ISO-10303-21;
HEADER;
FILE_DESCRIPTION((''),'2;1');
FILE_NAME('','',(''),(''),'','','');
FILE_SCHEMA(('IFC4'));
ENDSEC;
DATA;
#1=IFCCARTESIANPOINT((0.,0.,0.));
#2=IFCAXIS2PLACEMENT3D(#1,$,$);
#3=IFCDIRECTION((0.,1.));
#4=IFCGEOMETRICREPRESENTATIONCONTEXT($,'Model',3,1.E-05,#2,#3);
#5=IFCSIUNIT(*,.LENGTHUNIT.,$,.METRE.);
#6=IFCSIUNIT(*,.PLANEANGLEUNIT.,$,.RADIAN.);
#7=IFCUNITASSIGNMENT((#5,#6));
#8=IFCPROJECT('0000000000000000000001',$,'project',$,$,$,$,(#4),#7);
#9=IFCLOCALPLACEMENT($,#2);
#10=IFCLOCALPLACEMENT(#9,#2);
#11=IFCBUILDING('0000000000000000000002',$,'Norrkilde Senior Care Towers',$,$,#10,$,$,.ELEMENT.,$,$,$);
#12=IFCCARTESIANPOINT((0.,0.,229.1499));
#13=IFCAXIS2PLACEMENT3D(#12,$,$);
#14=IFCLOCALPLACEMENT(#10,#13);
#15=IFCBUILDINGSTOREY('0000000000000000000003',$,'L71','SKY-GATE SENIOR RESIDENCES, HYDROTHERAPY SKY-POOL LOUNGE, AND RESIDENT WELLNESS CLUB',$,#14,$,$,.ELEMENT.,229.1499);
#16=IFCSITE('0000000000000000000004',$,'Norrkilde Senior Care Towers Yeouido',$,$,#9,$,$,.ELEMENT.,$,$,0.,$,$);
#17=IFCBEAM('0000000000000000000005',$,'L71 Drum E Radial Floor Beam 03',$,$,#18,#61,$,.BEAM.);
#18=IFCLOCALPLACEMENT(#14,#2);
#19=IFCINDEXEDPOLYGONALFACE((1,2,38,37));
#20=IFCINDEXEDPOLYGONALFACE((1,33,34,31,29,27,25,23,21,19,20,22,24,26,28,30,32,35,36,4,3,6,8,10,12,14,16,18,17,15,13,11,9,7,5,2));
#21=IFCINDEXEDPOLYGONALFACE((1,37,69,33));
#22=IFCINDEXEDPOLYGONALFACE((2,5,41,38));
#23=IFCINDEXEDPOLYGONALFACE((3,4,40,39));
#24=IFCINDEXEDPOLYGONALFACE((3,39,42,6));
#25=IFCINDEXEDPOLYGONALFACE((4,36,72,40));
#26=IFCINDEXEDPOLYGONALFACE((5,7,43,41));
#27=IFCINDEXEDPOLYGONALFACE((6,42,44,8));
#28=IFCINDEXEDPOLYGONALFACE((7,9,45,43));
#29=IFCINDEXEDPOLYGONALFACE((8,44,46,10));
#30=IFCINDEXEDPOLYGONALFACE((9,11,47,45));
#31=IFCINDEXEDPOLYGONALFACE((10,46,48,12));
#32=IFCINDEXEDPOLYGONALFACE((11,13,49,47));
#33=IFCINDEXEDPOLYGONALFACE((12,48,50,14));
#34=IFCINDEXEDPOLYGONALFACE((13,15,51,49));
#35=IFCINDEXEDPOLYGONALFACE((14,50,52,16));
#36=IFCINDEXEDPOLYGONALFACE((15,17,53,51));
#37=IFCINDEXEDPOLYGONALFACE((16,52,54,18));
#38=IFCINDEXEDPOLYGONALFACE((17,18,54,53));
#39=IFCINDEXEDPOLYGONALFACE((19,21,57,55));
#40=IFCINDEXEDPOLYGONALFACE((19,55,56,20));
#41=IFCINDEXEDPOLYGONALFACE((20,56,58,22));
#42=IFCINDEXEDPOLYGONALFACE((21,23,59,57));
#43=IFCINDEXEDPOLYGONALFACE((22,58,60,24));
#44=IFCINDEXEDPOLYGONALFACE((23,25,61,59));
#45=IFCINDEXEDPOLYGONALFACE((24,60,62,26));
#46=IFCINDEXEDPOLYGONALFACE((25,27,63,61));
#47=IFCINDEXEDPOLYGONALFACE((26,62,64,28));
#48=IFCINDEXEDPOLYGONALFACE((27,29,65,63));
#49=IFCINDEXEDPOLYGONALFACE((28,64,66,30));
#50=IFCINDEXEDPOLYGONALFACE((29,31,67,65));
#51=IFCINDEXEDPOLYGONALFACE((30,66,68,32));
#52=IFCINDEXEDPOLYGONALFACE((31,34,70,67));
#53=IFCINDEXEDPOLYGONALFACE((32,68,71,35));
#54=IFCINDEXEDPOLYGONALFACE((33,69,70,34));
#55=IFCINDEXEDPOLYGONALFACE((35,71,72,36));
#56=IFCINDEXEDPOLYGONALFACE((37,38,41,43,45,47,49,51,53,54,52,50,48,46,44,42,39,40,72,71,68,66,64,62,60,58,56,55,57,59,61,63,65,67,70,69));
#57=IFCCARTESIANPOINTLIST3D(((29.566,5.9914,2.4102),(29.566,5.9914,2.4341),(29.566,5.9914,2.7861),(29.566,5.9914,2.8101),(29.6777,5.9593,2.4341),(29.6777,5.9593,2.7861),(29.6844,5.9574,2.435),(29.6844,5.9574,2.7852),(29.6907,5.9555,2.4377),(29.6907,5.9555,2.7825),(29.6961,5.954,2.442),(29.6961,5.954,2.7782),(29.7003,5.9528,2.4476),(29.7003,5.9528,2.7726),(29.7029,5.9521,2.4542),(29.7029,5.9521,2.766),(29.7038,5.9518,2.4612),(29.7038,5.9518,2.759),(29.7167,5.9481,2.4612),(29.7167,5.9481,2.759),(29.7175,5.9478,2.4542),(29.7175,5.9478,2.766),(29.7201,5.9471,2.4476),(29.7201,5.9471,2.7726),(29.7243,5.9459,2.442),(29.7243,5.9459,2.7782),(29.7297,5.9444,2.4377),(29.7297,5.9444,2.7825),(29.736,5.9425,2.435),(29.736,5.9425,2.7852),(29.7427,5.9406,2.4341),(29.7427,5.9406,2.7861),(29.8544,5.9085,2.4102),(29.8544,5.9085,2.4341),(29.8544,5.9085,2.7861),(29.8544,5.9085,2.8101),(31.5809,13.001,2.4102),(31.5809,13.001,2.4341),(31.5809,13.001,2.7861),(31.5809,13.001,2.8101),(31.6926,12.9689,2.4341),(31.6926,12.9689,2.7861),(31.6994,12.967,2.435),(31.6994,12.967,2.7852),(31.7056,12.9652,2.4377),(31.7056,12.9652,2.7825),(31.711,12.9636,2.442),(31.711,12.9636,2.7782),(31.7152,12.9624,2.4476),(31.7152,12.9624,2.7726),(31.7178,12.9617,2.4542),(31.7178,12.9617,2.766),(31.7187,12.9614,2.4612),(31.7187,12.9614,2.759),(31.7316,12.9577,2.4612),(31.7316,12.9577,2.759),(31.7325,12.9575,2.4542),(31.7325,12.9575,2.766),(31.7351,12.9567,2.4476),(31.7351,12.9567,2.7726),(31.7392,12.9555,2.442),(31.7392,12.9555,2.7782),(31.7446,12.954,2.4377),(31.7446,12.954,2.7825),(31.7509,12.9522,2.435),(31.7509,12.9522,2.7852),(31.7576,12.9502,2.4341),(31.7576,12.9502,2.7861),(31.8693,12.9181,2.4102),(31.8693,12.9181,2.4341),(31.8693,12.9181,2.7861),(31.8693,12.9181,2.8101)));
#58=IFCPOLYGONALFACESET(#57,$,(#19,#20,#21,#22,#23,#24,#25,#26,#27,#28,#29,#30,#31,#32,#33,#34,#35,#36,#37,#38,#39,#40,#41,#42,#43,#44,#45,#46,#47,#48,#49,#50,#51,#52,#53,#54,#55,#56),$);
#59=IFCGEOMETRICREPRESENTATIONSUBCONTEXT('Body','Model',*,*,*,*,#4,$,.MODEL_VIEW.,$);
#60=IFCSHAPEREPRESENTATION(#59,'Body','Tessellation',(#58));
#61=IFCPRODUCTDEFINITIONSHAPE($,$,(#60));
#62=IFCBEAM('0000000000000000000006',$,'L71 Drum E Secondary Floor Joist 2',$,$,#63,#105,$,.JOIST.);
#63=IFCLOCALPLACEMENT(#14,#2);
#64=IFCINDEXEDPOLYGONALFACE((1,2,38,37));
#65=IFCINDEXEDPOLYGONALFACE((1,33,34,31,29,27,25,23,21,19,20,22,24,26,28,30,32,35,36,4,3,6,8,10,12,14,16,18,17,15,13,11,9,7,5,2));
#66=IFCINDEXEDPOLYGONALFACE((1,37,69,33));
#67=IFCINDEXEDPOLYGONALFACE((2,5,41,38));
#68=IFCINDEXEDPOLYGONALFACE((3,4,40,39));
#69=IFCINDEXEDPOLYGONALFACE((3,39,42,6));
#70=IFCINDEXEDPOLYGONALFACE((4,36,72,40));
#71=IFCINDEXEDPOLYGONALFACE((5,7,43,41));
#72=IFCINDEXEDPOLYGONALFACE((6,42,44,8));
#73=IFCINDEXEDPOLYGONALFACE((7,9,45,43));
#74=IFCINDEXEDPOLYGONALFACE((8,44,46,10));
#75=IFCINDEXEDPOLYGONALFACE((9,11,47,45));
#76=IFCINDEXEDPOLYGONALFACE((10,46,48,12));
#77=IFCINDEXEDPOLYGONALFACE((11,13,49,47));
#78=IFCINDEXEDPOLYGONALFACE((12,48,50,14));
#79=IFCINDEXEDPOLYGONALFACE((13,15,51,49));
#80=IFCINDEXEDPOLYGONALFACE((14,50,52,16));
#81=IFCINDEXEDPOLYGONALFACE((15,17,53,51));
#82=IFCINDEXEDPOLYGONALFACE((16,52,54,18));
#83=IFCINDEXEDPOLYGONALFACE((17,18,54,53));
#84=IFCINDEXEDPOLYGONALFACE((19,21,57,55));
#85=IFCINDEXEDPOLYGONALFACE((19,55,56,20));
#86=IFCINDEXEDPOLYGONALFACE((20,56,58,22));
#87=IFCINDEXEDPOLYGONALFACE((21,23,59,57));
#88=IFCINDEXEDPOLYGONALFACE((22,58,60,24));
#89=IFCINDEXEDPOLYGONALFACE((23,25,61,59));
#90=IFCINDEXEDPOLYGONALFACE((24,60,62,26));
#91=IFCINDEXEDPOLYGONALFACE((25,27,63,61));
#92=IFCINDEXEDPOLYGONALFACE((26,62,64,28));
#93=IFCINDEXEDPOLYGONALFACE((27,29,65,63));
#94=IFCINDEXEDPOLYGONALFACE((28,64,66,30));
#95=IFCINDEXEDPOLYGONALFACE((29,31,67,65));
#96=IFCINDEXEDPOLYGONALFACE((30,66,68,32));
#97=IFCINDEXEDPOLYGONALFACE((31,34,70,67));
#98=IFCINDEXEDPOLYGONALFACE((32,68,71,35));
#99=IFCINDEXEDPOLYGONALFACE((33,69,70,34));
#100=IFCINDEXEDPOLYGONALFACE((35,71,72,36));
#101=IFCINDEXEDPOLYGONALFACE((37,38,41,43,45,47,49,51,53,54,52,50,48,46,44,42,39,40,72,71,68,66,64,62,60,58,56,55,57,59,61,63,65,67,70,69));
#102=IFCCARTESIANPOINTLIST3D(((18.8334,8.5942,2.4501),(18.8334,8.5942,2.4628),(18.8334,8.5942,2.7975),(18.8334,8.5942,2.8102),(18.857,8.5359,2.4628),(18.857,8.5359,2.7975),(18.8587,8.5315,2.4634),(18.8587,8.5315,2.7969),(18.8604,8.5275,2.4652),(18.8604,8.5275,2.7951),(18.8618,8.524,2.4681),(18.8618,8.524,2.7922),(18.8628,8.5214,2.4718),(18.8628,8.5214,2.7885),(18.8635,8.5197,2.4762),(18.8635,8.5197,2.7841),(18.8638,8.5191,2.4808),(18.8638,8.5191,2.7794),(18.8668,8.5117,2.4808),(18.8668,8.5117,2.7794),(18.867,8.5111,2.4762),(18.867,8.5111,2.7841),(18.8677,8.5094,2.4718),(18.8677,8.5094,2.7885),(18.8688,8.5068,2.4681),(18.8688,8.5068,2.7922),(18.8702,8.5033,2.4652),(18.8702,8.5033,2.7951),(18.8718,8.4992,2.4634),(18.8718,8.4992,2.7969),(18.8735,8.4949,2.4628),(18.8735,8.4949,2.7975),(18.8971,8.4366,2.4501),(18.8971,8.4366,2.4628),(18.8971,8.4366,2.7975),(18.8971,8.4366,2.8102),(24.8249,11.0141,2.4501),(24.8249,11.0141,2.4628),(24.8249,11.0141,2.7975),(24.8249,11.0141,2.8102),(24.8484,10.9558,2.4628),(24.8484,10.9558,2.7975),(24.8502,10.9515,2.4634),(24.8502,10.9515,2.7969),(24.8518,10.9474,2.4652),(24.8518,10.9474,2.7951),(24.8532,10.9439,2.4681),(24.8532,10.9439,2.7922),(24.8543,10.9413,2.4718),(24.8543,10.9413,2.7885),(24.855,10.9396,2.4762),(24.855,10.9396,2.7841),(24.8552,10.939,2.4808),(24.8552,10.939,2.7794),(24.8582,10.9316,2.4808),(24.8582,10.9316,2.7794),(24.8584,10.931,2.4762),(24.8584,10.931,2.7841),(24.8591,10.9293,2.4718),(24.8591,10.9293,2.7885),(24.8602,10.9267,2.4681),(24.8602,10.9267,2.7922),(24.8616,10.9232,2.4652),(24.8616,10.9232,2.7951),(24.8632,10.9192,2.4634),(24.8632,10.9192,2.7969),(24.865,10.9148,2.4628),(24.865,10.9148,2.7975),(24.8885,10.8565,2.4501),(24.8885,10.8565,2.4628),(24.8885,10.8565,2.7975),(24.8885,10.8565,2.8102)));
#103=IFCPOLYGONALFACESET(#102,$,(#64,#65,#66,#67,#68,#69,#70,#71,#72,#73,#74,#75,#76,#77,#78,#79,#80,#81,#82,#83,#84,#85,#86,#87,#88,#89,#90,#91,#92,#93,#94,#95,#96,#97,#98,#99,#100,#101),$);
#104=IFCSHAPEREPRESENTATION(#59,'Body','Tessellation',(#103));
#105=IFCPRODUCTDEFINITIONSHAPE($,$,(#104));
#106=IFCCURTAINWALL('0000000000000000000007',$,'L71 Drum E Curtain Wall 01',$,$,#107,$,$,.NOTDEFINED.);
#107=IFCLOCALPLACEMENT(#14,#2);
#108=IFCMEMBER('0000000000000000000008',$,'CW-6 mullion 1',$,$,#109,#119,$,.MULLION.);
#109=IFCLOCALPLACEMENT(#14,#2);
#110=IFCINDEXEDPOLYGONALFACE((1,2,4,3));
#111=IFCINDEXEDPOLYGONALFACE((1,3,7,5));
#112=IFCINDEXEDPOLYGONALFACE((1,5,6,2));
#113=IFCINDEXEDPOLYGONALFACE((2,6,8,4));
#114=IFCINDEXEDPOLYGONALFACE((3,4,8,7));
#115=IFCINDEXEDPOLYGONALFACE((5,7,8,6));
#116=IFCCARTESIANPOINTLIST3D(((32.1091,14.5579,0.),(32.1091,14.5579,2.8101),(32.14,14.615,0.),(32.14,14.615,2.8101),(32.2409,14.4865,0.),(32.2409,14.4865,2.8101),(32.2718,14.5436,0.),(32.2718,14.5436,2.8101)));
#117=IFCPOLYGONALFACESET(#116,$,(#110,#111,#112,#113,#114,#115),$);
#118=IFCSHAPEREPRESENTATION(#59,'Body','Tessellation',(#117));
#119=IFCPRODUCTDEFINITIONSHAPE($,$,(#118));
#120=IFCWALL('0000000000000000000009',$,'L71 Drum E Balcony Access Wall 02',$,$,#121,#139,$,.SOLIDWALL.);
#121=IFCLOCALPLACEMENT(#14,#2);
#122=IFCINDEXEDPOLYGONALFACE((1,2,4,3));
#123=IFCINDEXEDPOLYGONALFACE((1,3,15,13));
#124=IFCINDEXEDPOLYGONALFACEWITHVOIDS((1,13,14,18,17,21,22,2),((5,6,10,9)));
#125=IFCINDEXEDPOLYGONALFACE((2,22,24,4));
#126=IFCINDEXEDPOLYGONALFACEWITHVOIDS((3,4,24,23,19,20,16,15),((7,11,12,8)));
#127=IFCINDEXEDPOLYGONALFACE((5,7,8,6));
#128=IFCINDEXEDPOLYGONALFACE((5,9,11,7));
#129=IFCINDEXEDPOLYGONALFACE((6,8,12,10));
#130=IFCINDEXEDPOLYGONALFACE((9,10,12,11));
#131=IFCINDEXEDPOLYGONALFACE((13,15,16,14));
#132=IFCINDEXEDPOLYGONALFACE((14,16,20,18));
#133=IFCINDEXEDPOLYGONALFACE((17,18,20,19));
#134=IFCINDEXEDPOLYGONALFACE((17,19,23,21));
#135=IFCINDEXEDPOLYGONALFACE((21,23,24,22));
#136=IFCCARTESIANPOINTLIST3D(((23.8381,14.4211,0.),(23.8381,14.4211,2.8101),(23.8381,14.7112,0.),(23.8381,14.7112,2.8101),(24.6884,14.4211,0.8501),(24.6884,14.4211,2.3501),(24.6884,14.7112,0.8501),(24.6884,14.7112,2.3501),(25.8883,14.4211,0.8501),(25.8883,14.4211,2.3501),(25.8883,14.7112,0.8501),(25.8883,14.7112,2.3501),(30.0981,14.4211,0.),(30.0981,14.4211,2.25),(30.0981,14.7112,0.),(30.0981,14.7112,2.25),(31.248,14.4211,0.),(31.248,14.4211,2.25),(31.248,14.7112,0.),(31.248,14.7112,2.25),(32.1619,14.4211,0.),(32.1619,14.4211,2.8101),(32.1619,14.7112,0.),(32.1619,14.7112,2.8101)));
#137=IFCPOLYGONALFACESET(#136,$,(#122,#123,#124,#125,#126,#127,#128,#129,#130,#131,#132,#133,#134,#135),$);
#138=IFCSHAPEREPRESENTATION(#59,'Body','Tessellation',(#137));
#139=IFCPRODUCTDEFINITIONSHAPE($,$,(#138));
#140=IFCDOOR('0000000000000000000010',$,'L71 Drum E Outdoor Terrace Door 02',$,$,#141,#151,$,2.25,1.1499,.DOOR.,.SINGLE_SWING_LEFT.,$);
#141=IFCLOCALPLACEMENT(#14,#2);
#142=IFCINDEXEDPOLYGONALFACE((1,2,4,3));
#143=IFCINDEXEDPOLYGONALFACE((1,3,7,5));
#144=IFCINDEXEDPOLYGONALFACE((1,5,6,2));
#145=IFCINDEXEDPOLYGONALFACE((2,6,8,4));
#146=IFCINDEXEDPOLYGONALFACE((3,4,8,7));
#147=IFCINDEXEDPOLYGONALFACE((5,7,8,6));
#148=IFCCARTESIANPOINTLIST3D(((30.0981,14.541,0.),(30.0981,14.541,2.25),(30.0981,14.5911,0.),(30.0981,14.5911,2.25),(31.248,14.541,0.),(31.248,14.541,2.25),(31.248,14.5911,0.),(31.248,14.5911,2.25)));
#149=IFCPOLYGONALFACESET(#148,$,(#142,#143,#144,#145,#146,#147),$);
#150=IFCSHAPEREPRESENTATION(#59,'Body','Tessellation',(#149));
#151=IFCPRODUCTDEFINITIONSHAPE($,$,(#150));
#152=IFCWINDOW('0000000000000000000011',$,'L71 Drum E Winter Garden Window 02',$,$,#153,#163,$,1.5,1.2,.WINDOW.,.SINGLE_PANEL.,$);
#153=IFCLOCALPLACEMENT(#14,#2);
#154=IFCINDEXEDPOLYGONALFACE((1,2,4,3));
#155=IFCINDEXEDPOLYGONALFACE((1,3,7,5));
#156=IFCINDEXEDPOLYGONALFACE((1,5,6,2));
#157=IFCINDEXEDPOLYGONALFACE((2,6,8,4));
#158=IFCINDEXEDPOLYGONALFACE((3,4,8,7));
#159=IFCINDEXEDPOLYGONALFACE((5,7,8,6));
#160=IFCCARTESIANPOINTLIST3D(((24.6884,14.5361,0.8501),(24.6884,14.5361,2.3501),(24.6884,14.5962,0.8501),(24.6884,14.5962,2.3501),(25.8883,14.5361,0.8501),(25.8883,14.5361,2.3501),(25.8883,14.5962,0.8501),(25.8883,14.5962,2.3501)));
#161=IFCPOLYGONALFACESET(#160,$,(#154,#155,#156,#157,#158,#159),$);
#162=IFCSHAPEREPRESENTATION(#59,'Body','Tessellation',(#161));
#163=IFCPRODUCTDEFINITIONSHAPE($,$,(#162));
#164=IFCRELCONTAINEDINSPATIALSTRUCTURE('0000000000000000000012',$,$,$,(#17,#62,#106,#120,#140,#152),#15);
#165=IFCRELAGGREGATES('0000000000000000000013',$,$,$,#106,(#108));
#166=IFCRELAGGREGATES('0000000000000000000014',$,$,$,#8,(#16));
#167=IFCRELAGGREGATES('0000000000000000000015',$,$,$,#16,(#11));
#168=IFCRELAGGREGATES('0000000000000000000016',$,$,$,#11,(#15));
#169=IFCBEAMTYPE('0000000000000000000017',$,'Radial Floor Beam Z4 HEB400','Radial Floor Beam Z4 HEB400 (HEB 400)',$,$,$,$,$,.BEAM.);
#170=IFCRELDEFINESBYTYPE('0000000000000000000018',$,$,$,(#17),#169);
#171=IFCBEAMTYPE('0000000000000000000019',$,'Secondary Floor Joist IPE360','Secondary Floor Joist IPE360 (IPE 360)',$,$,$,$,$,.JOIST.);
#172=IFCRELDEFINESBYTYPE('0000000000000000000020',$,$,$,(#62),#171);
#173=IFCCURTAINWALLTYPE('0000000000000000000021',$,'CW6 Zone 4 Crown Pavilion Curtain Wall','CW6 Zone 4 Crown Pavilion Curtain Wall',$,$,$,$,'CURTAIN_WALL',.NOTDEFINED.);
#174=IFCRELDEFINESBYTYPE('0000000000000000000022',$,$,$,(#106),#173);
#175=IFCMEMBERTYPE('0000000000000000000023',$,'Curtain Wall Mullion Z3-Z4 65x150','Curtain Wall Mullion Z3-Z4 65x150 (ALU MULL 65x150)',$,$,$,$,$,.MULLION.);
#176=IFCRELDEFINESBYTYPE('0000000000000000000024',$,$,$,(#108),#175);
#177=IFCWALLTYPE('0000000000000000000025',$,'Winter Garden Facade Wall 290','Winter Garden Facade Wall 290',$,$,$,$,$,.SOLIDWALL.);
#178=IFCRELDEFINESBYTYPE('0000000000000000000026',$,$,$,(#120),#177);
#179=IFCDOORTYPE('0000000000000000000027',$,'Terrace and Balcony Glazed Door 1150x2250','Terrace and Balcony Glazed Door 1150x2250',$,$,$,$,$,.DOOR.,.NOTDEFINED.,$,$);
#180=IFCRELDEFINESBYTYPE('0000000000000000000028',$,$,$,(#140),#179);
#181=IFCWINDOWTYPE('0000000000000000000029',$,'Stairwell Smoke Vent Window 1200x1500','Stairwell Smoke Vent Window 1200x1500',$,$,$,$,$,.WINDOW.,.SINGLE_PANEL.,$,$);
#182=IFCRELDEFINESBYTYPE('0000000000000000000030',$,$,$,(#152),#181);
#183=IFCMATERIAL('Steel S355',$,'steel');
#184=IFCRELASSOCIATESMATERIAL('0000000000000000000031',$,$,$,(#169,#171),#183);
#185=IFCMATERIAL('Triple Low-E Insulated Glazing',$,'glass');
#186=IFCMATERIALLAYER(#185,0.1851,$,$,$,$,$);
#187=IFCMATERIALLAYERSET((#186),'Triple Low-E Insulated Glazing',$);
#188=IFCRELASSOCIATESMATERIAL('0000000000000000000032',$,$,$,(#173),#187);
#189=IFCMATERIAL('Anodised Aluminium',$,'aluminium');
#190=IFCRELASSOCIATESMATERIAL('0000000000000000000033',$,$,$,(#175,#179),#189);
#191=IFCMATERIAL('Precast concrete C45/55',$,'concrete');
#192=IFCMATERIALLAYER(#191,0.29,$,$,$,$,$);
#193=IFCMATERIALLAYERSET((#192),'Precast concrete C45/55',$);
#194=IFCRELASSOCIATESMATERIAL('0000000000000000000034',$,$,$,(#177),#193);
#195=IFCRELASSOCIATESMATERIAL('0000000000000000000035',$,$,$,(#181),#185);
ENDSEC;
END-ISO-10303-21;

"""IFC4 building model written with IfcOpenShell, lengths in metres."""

from ifc_helpers import new_model, si_unit, direction, frame, frame_2d, origin, origin_2d, place, context, subcontext, project, spatial, rectangle, i_section, extrude, source, transform, mapped, material, layer, layer_set, material_profile, profile_set, type_object, type_shapes, element, fill, aggregate, save


model = new_model("IFC4")

# Units and contexts
model_context = context("Model", 3, precision=1e-05, world=origin(), true_north=direction((0.0, 1.0)))
body_context = subcontext(model_context, "Body", "Model", "MODEL_VIEW")
ifc_project = project(units=[si_unit("LENGTHUNIT", "METRE"), si_unit("PLANEANGLEUNIT", "RADIAN")], contexts=[model_context])

# Site, building, storey
site_placement = place(None, origin())
site = spatial("IfcSite", under=ifc_project, at=site_placement, Name="Norrkilde Senior Care Towers Yeouido", CompositionType="ELEMENT", RefElevation=0.0)
building_placement = place(site_placement, origin())
building = spatial("IfcBuilding", under=site, at=building_placement, Name="Norrkilde Senior Care Towers", CompositionType="ELEMENT")
storey_placement = place(building_placement, frame((0.0, 0.0, 229.1499)))
storey = spatial("IfcBuildingStorey", under=building, at=storey_placement, Name="L71", Description="SKY-GATE SENIOR RESIDENCES, HYDROTHERAPY SKY-POOL LOUNGE, AND RESIDENT WELLNESS CLUB", CompositionType="ELEMENT", Elevation=229.1499)

# Beams
ifc_material_1 = material(Name="Steel S355", Category="steel")
ifc_material_profile_1 = material_profile(ifc_material_1, i_section(OverallWidth=0.3, OverallDepth=0.3999, WebThickness=0.0134, FlangeThickness=0.0239, FilletRadius=0.0271, at=origin_2d()), Name="HEB 400")
ifc_profile_set_1 = profile_set([ifc_material_profile_1], Name="Steel S355")
beam_type_1 = type_object("IfcBeamType", Name="Radial Floor Beam Z4 HEB400", Description="Radial Floor Beam Z4 HEB400 (HEB 400)", PredefinedType="BEAM", material=ifc_profile_set_1)
shared_shape_1 = source(origin(), body_context, "Body", "SweptSolid", [
    extrude(i_section(OverallWidth=0.3, OverallDepth=0.3999, WebThickness=0.0134, FlangeThickness=0.0239, FilletRadius=0.0271, at=origin_2d()), origin(), (0.0, 0.0, 1.0), 7.2935),
])
type_shapes(beam_type_1, [shared_shape_1])
beam_1_placement = place(storey_placement, frame((29.7102, 5.95, 2.6101), z_axis=(0.276264, 0.961082, 0.0), x_axis=(-0.961082, 0.276264, 0.0)))
element("IfcBeam", 1, at=beam_1_placement, inside=storey, type_object=beam_type_1, Name="L71 Drum E Radial Floor Beam 03", PredefinedType="BEAM", context=body_context, shape_type="MappedRepresentation", body=[
    mapped(shared_shape_1, transform((0.0, 0.0, 0.0), x_axis=(1.0, 0.0, 0.0), y_axis=(0.0, 1.0, 0.0), z_axis=(0.0, 0.0, 1.0), scale=1.0)),
])
ifc_material_profile_2 = material_profile(ifc_material_1, i_section(OverallWidth=0.1699, OverallDepth=0.3601, WebThickness=0.0081, FlangeThickness=0.0127, FilletRadius=0.0181, at=origin_2d()), Name="IPE 360")
ifc_profile_set_2 = profile_set([ifc_material_profile_2], Name="Steel S355")
beam_type_2 = type_object("IfcBeamType", Name="Secondary Floor Joist IPE360", Description="Secondary Floor Joist IPE360 (IPE 360)", PredefinedType="JOIST", material=ifc_profile_set_2)
shared_shape_2 = source(origin(), body_context, "Body", "SweptSolid", [
    extrude(i_section(OverallWidth=0.1699, OverallDepth=0.3601, WebThickness=0.0081, FlangeThickness=0.0127, FilletRadius=0.0181, at=origin_2d()), origin(), (0.0, 0.0, 1.0), 6.4617),
])
type_shapes(beam_type_2, [shared_shape_2])
beam_2_placement = place(storey_placement, frame((24.8567, 10.9353, 2.6301), z_axis=(-0.927226, -0.374502, 0.0), x_axis=(0.374502, -0.927226, 0.0)))
element("IfcBeam", 2, at=beam_2_placement, inside=storey, type_object=beam_type_2, Name="L71 Drum E Secondary Floor Joist 2", PredefinedType="JOIST", context=body_context, shape_type="MappedRepresentation", body=[
    mapped(shared_shape_2, transform((0.0, 0.0, 0.0), x_axis=(1.0, 0.0, 0.0), y_axis=(0.0, 1.0, 0.0), z_axis=(0.0, 0.0, 1.0), scale=1.0)),
])

# Curtain wall, member
ifc_material_2 = material(Name="Triple Low-E Insulated Glazing", Category="glass")
ifc_layer_1 = layer(ifc_material_2, 0.1851)
ifc_layer_set_1 = layer_set([ifc_layer_1], Name="Triple Low-E Insulated Glazing")
curtain_wall_type = type_object("IfcCurtainWallType", Name="CW6 Zone 4 Crown Pavilion Curtain Wall", Description="CW6 Zone 4 Crown Pavilion Curtain Wall", ElementType="CURTAIN_WALL", PredefinedType="NOTDEFINED", material=ifc_layer_set_1)
curtain_wall_placement = place(storey_placement, origin())
curtain_wall = element("IfcCurtainWall", 3, at=curtain_wall_placement, inside=storey, type_object=curtain_wall_type, Name="L71 Drum E Curtain Wall 01", PredefinedType="NOTDEFINED")
ifc_material_3 = material(Name="Anodised Aluminium", Category="aluminium")
ifc_material_profile_3 = material_profile(ifc_material_3, rectangle(XDim=0.0649, YDim=0.1499, at=origin_2d()), Name="ALU MULL 65x150")
ifc_profile_set_3 = profile_set([ifc_material_profile_3], Name="Anodised Aluminium")
member_type = type_object("IfcMemberType", Name="Curtain Wall Mullion Z3-Z4 65x150", Description="Curtain Wall Mullion Z3-Z4 65x150 (ALU MULL 65x150)", PredefinedType="MULLION", material=ifc_profile_set_3)
shared_shape_3 = source(origin(), body_context, "Body", "SweptSolid", [
    extrude(rectangle(XDim=0.0649, YDim=0.1499, at=origin_2d()), origin(), (0.0, 0.0, 1.0), 2.8101),
])
type_shapes(member_type, [shared_shape_3])
member_placement = place(storey_placement, frame((32.1904, 14.5508, 0.0), z_axis=(0.0, 0.0, 1.0), x_axis=(0.476133, 0.879373, 0.0)))
member = element("IfcMember", 4, at=member_placement, type_object=member_type, Name="CW-6 mullion 1", PredefinedType="MULLION", context=body_context, shape_type="MappedRepresentation", body=[
    mapped(shared_shape_3, transform((0.0, 0.0, 0.0), x_axis=(1.0, 0.0, 0.0), y_axis=(0.0, 1.0, 0.0), z_axis=(0.0, 0.0, 1.0), scale=1.0)),
])
aggregate(curtain_wall, [member])

# Wall, openings, door, window
ifc_material_4 = material(Name="Precast concrete C45/55", Category="concrete")
ifc_layer_2 = layer(ifc_material_4, 0.29)
ifc_layer_set_2 = layer_set([ifc_layer_2], Name="Precast concrete C45/55")
wall_type_1 = type_object("IfcWallType", Name="Winter Garden Facade Wall 290", Description="Winter Garden Facade Wall 290", PredefinedType="SOLIDWALL", material=ifc_layer_set_2)
shared_shape_4 = source(origin(), body_context, "Body", "SweptSolid", [
    extrude(rectangle(XDim=8.3237, YDim=0.29, at=frame_2d((4.1619, 0.0))), origin(), (0.0, 0.0, 1.0), 2.8101),
])
type_shapes(wall_type_1, [shared_shape_4])
wall_1_placement = place(storey_placement, frame((23.8381, 14.5662, 0.0), z_axis=(0.0, 0.0, 1.0), x_axis=(1.0, 0.0, 0.0)))
wall_1 = element("IfcWall", 5, at=wall_1_placement, inside=storey, type_object=wall_type_1, Name="L71 Drum E Balcony Access Wall 02", PredefinedType="SOLIDWALL", context=body_context, shape_type="MappedRepresentation", body=[
    mapped(shared_shape_4, transform((0.0, 0.0, 0.0), x_axis=(1.0, 0.0, 0.0), y_axis=(0.0, 1.0, 0.0), z_axis=(0.0, 0.0, 1.0), scale=1.0)),
])
opening_1_placement = place(wall_1_placement, frame((6.26, 0.0, 0.0)))
opening_1 = element("IfcOpeningElement", 6, at=opening_1_placement, cuts=wall_1, PredefinedType="OPENING", context=body_context, shape_type="SweptSolid", body=[
    extrude(rectangle(XDim=1.1499, YDim=2.25, at=frame_2d((0.575, 1.125))), frame((0.0, 0.155, 0.0), z_axis=(0.0, -1.0, 0.0), x_axis=(1.0, 0.0, 0.0)), (0.0, 0.0, 1.0), 0.3101),
])
opening_2_placement = place(wall_1_placement, frame((0.8501, 0.0, 0.8501)))
opening_2 = element("IfcOpeningElement", 7, at=opening_2_placement, cuts=wall_1, PredefinedType="OPENING", context=body_context, shape_type="SweptSolid", body=[
    extrude(rectangle(XDim=1.2, YDim=1.5, at=frame_2d((0.6001, 0.75))), frame((0.0, 0.155, 0.0), z_axis=(0.0, -1.0, 0.0), x_axis=(1.0, 0.0, 0.0)), (0.0, 0.0, 1.0), 0.3101),
])
door_type_1 = type_object("IfcDoorType", Name="Terrace and Balcony Glazed Door 1150x2250", Description="Terrace and Balcony Glazed Door 1150x2250", OperationType="NOTDEFINED", PredefinedType="DOOR", material=ifc_material_3)
shared_shape_5 = source(origin(), body_context, "Body", "SweptSolid", [
    extrude(rectangle(XDim=1.1499, YDim=2.25, at=frame_2d((0.575, 1.125))), frame((0.0, 0.0249, 0.0), z_axis=(0.0, -1.0, 0.0), x_axis=(1.0, 0.0, 0.0)), (0.0, 0.0, 1.0), 0.05),
])
type_shapes(door_type_1, [shared_shape_5])
door_1_placement = place(opening_1_placement, origin())
door_1 = element("IfcDoor", 8, at=door_1_placement, inside=storey, type_object=door_type_1, Name="L71 Drum E Outdoor Terrace Door 02", OperationType="SINGLE_SWING_LEFT", OverallHeight=2.25, OverallWidth=1.1499, PredefinedType="DOOR", context=body_context, shape_type="MappedRepresentation", body=[
    mapped(shared_shape_5, transform((0.0, 0.0, 0.0), x_axis=(1.0, 0.0, 0.0), y_axis=(0.0, 1.0, 0.0), z_axis=(0.0, 0.0, 1.0), scale=1.0)),
])
fill(opening_1, door_1)
window_type = type_object("IfcWindowType", Name="Stairwell Smoke Vent Window 1200x1500", Description="Stairwell Smoke Vent Window 1200x1500", PartitioningType="SINGLE_PANEL", PredefinedType="WINDOW", material=ifc_material_2)
shared_shape_6 = source(origin(), body_context, "Body", "SweptSolid", [
    extrude(rectangle(XDim=1.2, YDim=1.5, at=frame_2d((0.6001, 0.75))), frame((0.0, 0.03, 0.0), z_axis=(0.0, -1.0, 0.0), x_axis=(1.0, 0.0, 0.0)), (0.0, 0.0, 1.0), 0.0601),
])
type_shapes(window_type, [shared_shape_6])
window_placement = place(opening_2_placement, origin())
window = element("IfcWindow", 9, at=window_placement, inside=storey, type_object=window_type, Name="L71 Drum E Winter Garden Window 02", OverallHeight=1.5, OverallWidth=1.2, PartitioningType="SINGLE_PANEL", PredefinedType="WINDOW", context=body_context, shape_type="MappedRepresentation", body=[
    mapped(shared_shape_6, transform((0.0, 0.0, 0.0), x_axis=(1.0, 0.0, 0.0), y_axis=(0.0, 1.0, 0.0), z_axis=(0.0, 0.0, 1.0), scale=1.0)),
])
fill(opening_2, window)

save(model, "model.ifc")
